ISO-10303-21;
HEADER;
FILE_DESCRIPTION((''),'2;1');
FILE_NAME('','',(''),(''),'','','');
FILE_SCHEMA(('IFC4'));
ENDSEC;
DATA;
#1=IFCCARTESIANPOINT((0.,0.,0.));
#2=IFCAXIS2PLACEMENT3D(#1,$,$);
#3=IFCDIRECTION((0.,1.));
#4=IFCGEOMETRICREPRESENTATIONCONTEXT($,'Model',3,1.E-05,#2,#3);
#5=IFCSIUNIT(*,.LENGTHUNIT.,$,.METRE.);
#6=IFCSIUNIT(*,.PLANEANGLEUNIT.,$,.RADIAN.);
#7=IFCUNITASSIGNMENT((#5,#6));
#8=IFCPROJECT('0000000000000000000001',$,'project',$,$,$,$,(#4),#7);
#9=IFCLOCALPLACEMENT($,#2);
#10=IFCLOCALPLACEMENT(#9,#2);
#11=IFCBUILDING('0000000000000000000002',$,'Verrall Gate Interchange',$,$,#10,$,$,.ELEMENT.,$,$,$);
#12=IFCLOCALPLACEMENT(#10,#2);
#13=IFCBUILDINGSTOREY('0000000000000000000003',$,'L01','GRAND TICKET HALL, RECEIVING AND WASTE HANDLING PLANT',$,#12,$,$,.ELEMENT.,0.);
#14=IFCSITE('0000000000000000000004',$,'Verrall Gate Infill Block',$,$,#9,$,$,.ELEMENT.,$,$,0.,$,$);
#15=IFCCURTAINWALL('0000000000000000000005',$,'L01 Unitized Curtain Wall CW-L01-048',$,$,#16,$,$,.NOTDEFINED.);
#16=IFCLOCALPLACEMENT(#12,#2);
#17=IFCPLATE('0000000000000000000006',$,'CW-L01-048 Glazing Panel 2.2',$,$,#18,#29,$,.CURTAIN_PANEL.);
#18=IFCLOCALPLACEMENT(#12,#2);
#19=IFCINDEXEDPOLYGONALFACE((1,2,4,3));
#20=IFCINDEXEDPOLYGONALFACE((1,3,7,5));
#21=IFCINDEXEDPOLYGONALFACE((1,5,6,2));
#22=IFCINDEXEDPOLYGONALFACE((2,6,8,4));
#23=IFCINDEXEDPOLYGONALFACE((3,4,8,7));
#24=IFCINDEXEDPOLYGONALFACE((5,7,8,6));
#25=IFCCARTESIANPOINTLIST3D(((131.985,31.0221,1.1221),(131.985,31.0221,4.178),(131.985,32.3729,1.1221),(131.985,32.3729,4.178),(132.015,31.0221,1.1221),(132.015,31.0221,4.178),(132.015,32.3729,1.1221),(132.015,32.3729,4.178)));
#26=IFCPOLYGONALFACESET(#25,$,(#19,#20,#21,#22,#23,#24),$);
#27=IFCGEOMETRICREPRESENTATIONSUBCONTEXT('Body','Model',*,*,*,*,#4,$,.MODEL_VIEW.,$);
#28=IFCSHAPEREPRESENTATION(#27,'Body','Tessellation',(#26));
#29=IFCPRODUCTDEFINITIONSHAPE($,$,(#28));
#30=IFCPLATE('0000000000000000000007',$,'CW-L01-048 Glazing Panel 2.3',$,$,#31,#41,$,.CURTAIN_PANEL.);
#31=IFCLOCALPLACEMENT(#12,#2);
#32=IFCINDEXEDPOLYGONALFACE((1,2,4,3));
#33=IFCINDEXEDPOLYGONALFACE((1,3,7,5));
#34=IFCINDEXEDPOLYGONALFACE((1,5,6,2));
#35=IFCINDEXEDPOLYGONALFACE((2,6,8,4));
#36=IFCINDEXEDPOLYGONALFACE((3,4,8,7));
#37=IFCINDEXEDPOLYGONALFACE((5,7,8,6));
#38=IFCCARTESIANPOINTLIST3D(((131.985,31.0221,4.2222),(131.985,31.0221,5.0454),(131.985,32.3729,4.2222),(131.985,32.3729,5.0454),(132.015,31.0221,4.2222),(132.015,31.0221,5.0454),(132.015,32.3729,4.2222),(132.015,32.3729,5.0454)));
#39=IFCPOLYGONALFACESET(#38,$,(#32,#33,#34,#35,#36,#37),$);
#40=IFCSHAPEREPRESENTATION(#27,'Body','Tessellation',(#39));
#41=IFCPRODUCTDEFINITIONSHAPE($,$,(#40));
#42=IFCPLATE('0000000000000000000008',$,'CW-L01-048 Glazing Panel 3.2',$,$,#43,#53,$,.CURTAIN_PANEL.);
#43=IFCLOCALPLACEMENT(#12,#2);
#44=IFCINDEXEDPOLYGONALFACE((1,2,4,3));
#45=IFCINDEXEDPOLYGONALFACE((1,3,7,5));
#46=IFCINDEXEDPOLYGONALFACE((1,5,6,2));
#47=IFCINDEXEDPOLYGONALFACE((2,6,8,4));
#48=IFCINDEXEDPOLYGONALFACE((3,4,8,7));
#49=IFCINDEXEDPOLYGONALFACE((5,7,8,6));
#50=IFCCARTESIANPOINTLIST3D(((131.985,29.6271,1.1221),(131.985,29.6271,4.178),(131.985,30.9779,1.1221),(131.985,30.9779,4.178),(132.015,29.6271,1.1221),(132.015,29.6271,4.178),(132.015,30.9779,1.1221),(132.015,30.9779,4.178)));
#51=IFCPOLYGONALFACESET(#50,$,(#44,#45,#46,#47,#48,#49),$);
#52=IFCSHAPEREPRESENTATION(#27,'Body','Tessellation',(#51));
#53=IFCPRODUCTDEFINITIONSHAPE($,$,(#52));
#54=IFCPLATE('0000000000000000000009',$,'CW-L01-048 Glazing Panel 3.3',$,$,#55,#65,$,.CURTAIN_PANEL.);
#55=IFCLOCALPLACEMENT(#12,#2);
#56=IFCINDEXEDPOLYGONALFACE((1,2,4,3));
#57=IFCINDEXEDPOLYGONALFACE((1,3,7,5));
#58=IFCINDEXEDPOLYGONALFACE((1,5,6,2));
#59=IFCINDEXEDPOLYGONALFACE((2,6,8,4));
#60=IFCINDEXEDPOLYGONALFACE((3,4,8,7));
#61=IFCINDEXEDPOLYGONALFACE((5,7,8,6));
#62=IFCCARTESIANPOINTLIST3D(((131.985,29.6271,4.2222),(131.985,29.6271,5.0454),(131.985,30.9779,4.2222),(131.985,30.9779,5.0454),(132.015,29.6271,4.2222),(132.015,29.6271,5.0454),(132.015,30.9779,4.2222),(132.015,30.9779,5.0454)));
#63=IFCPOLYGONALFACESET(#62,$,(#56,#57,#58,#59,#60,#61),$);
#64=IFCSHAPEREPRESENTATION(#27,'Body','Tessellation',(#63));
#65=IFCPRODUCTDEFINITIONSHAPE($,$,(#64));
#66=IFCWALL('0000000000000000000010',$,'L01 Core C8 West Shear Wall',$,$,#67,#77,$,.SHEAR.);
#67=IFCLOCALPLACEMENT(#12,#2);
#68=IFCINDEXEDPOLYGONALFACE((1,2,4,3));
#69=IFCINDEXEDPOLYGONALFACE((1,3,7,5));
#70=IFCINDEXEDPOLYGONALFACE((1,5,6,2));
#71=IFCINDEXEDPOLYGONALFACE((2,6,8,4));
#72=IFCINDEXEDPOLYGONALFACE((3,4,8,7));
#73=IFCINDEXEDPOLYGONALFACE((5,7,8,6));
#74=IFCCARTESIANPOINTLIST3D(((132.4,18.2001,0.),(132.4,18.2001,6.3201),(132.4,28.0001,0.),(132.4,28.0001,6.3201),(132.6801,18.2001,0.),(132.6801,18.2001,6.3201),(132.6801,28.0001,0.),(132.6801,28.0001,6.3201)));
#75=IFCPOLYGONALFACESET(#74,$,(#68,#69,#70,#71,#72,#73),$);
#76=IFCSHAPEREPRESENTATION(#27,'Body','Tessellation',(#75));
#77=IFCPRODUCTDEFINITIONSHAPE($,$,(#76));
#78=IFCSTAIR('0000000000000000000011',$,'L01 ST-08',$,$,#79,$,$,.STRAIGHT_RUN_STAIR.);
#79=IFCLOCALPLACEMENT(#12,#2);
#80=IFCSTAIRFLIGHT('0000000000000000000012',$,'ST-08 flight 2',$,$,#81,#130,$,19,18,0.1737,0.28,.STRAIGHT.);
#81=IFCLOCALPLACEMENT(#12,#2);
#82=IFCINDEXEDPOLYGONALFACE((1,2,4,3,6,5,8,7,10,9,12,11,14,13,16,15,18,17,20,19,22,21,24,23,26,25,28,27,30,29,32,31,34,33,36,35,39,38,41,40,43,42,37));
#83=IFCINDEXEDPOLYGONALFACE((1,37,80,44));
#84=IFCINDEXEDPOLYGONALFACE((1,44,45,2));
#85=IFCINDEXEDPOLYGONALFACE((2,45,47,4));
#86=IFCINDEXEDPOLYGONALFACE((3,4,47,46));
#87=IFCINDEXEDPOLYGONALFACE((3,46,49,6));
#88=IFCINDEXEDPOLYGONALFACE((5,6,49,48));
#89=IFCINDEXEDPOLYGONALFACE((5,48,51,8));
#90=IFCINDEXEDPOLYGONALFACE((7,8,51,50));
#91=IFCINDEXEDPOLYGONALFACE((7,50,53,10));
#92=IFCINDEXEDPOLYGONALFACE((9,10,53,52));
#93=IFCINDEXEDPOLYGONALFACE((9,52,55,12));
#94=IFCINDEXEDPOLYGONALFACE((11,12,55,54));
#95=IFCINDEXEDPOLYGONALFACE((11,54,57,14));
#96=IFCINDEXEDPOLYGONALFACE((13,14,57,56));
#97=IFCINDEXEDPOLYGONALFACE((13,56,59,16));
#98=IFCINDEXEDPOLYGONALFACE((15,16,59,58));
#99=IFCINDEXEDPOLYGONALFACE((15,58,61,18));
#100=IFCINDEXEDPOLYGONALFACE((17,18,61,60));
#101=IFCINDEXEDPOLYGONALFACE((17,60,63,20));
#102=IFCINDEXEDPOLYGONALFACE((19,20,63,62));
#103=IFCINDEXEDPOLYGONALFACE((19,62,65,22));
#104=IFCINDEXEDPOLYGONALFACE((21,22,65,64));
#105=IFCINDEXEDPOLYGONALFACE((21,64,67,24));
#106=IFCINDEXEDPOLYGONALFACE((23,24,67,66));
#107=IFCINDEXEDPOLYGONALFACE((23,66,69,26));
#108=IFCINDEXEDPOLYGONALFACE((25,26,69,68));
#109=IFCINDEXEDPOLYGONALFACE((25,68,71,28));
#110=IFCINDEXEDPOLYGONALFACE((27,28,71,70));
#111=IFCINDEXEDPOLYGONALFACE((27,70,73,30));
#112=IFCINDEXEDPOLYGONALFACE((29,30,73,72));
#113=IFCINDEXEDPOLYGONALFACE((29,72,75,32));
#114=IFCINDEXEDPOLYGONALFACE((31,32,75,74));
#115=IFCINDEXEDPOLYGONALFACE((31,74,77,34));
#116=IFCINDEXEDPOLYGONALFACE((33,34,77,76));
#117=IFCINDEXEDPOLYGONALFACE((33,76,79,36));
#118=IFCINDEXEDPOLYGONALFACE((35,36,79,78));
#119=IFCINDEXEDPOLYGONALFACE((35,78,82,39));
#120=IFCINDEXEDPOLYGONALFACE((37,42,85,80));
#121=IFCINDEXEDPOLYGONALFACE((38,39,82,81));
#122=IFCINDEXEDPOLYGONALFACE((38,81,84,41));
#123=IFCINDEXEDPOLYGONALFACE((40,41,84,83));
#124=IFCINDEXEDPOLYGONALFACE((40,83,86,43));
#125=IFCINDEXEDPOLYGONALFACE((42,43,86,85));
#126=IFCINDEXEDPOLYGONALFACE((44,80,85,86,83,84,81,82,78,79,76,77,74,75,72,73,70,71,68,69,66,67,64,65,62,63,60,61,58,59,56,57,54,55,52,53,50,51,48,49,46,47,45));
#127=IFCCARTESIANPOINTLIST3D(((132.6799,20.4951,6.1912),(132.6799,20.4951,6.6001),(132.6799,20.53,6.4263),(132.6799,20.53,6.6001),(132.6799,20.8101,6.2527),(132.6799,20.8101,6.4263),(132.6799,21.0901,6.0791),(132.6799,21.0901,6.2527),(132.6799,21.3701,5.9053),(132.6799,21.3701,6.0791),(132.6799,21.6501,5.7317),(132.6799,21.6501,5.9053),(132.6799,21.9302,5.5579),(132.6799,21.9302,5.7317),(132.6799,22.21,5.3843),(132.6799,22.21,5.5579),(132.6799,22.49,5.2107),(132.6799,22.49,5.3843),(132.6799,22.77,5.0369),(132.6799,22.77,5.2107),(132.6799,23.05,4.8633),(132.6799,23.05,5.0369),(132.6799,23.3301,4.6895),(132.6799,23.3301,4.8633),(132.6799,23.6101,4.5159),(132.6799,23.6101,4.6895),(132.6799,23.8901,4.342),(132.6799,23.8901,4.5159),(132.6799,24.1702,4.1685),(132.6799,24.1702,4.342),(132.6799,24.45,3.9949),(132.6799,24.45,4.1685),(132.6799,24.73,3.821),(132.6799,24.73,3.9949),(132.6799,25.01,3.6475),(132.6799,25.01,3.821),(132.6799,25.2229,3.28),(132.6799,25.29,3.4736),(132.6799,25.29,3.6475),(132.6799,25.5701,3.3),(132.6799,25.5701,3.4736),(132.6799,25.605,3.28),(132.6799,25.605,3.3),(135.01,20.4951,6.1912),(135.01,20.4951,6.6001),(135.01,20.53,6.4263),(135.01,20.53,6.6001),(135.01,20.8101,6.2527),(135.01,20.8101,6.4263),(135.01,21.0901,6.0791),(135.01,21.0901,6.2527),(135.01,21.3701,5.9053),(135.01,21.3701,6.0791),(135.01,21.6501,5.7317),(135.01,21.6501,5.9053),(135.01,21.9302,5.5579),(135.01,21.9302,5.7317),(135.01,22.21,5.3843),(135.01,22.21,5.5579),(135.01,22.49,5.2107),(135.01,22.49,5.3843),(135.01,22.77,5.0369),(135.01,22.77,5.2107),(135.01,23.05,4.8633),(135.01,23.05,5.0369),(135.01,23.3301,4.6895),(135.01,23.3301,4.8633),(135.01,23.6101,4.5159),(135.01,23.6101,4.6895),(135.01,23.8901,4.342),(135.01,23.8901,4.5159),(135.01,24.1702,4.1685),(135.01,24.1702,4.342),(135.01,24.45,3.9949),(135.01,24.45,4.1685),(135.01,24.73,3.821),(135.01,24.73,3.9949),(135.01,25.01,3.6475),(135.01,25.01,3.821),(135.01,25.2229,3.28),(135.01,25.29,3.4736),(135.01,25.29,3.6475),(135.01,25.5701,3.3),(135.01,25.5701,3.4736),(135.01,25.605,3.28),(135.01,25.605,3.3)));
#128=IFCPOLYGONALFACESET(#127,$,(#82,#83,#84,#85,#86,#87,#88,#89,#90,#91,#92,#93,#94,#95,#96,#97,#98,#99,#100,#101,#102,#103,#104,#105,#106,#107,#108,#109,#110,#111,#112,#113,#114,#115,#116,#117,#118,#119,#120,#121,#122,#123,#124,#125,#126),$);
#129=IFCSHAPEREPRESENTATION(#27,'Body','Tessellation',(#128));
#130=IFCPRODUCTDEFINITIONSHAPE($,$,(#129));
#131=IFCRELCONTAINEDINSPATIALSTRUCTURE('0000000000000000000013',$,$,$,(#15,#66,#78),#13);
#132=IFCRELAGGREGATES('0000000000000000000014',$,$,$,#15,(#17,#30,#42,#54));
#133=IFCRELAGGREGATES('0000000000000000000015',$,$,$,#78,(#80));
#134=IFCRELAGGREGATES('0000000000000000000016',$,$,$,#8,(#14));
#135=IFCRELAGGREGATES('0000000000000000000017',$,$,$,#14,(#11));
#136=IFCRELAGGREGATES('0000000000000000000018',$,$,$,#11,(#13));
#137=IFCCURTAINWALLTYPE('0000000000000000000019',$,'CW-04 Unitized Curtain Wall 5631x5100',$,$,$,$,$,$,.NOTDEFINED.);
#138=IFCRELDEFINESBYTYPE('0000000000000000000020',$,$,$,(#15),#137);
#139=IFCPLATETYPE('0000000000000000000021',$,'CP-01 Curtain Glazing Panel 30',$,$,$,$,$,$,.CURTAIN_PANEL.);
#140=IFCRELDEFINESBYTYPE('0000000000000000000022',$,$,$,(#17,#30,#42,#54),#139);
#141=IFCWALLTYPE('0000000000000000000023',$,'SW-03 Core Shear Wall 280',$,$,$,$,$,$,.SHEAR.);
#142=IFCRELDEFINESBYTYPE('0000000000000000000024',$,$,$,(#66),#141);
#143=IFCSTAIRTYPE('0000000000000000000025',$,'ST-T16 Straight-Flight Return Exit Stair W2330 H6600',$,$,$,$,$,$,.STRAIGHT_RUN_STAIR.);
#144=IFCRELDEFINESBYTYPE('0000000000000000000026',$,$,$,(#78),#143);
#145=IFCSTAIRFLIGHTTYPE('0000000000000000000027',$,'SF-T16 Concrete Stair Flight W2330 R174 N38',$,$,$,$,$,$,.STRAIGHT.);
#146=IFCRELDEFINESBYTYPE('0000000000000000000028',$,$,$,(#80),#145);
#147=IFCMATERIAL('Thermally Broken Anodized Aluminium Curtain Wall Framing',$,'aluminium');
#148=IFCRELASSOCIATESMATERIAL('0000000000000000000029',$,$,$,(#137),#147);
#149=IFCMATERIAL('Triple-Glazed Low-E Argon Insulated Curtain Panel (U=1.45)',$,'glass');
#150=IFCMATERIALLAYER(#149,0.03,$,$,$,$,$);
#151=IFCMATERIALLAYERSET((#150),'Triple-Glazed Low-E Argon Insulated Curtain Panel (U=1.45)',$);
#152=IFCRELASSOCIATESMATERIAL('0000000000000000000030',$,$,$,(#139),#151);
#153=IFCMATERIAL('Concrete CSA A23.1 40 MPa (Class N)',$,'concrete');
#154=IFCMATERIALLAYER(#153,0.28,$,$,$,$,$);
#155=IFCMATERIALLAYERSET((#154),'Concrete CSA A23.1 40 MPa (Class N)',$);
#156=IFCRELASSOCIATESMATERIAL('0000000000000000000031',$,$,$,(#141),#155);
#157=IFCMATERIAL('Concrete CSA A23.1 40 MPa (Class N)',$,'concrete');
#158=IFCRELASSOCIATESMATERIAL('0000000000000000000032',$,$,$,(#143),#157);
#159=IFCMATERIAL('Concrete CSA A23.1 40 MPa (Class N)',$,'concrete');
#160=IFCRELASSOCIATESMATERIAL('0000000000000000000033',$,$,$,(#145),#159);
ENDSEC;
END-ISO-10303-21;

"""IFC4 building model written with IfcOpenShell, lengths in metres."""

from ifc_helpers import new_model, si_unit, direction, frame, frame_2d, origin, origin_2d, place, context, subcontext, project, spatial, polyline, rectangle, outline, extrude, material, layer, layer_set, type_object, element, aggregate, save


model = new_model("IFC4")

# Units and contexts
model_context = context("Model", 3, precision=1e-05, world=origin(), true_north=direction((0.0, 1.0)))
body_context = subcontext(model_context, "Body", "Model", "MODEL_VIEW")
ifc_project = project(units=[si_unit("LENGTHUNIT", "METRE"), si_unit("PLANEANGLEUNIT", "RADIAN")], contexts=[model_context])

# Site, building, storey
site_placement = place(None, origin())
site = spatial("IfcSite", under=ifc_project, at=site_placement, Name="Verrall Gate Infill Block", CompositionType="ELEMENT", RefElevation=0.0)
building_placement = place(site_placement, origin())
building = spatial("IfcBuilding", under=site, at=building_placement, Name="Verrall Gate Interchange", CompositionType="ELEMENT")
storey_placement = place(building_placement, origin())
storey = spatial("IfcBuildingStorey", under=building, at=storey_placement, Name="L01", Description="GRAND TICKET HALL, RECEIVING AND WASTE HANDLING PLANT", CompositionType="ELEMENT", Elevation=0.0)

# Curtain wall, plates
ifc_material_1 = material(Name="Thermally Broken Anodized Aluminium Curtain Wall Framing", Category="aluminium")
curtain_wall_type = type_object("IfcCurtainWallType", Name="CW-04 Unitized Curtain Wall 5631x5100", PredefinedType="NOTDEFINED", material=ifc_material_1)
curtain_wall_placement = place(storey_placement, origin())
curtain_wall = element("IfcCurtainWall", 1, at=curtain_wall_placement, inside=storey, type_object=curtain_wall_type, Name="L01 Unitized Curtain Wall CW-L01-048", PredefinedType="NOTDEFINED")
ifc_material_2 = material(Name="Triple-Glazed Low-E Argon Insulated Curtain Panel (U=1.45)", Category="glass")
ifc_layer_1 = layer(ifc_material_2, 0.03)
ifc_layer_set_1 = layer_set([ifc_layer_1], Name="Triple-Glazed Low-E Argon Insulated Curtain Panel (U=1.45)")
plate_type = type_object("IfcPlateType", Name="CP-01 Curtain Glazing Panel 30", PredefinedType="CURTAIN_PANEL", material=ifc_layer_set_1)
plate_1_placement = place(storey_placement, frame((132.0, 31.6975, 1.1221), z_axis=(0.0, 0.0, 1.0), x_axis=(0.0, -1.0, 0.0)))
plate_1 = element("IfcPlate", 2, at=plate_1_placement, type_object=plate_type, Name="CW-L01-048 Glazing Panel 2.2", PredefinedType="CURTAIN_PANEL", context=body_context, shape_type="SweptSolid", body=[
    extrude(rectangle(XDim=1.3508, YDim=0.03, at=origin_2d()), origin(), (0.0, 0.0, 1.0), 3.0559),
])
plate_2_placement = place(storey_placement, frame((132.0, 31.6975, 4.2222), z_axis=(0.0, 0.0, 1.0), x_axis=(0.0, -1.0, 0.0)))
plate_2 = element("IfcPlate", 3, at=plate_2_placement, type_object=plate_type, Name="CW-L01-048 Glazing Panel 2.3", PredefinedType="CURTAIN_PANEL", context=body_context, shape_type="SweptSolid", body=[
    extrude(rectangle(XDim=1.3508, YDim=0.03, at=origin_2d()), origin(), (0.0, 0.0, 1.0), 0.8232),
])
plate_3_placement = place(storey_placement, frame((132.0, 30.3025, 1.1221), z_axis=(0.0, 0.0, 1.0), x_axis=(0.0, -1.0, 0.0)))
plate_3 = element("IfcPlate", 4, at=plate_3_placement, type_object=plate_type, Name="CW-L01-048 Glazing Panel 3.2", PredefinedType="CURTAIN_PANEL", context=body_context, shape_type="SweptSolid", body=[
    extrude(rectangle(XDim=1.3508, YDim=0.03, at=origin_2d()), origin(), (0.0, 0.0, 1.0), 3.0559),
])
plate_4_placement = place(storey_placement, frame((132.0, 30.3025, 4.2222), z_axis=(0.0, 0.0, 1.0), x_axis=(0.0, -1.0, 0.0)))
plate_4 = element("IfcPlate", 5, at=plate_4_placement, type_object=plate_type, Name="CW-L01-048 Glazing Panel 3.3", PredefinedType="CURTAIN_PANEL", context=body_context, shape_type="SweptSolid", body=[
    extrude(rectangle(XDim=1.3508, YDim=0.03, at=origin_2d()), origin(), (0.0, 0.0, 1.0), 0.8232),
])
aggregate(curtain_wall, [plate_1, plate_2, plate_3, plate_4])

# Wall
ifc_material_3 = material(Name="Concrete CSA A23.1 40 MPa (Class N)", Category="concrete")
ifc_layer_2 = layer(ifc_material_3, 0.28)
ifc_layer_set_2 = layer_set([ifc_layer_2], Name="Concrete CSA A23.1 40 MPa (Class N)")
wall_type = type_object("IfcWallType", Name="SW-03 Core Shear Wall 280", PredefinedType="SHEAR", material=ifc_layer_set_2)
wall_placement = place(storey_placement, frame((132.54, 28.0, 0.0), z_axis=(0.0, 0.0, 1.0), x_axis=(0.0, -1.0, 0.0)))
element("IfcWall", 6, at=wall_placement, inside=storey, type_object=wall_type, Name="L01 Core C8 West Shear Wall", PredefinedType="SHEAR", context=body_context, shape_type="SweptSolid", body=[
    extrude(rectangle(XDim=9.8, YDim=0.28, at=frame_2d((4.8999, 0.0))), origin(), (0.0, 0.0, 1.0), 6.3201),
])

# Stair, stair flight
ifc_material_4 = material(Name="Concrete CSA A23.1 40 MPa (Class N)", Category="concrete")
stair_type = type_object("IfcStairType", Name="ST-T16 Straight-Flight Return Exit Stair W2330 H6600", PredefinedType="STRAIGHT_RUN_STAIR", material=ifc_material_4)
stair_placement = place(storey_placement, origin())
stair = element("IfcStair", 7, at=stair_placement, inside=storey, type_object=stair_type, Name="L01 ST-08", PredefinedType="STRAIGHT_RUN_STAIR")
ifc_material_5 = material(Name="Concrete CSA A23.1 40 MPa (Class N)", Category="concrete")
stair_flight_type = type_object("IfcStairFlightType", Name="SF-T16 Concrete Stair Flight W2330 R174 N38", PredefinedType="STRAIGHT", material=ifc_material_5)
stair_flight_placement = place(storey_placement, frame((133.845, 25.5701, 3.3), z_axis=(0.0, 0.0, 1.0), x_axis=(0.0, -1.0, 0.0)))
stair_flight = element("IfcStairFlight", 8, at=stair_flight_placement, type_object=stair_flight_type, Name="ST-08 flight 2", NumberOfRisers=19, NumberOfTreads=18, PredefinedType="STRAIGHT", RiserHeight=0.1737, TreadLength=0.28, context=body_context, shape_type="SweptSolid", body=[
    extrude(outline(polyline([(-0.0349, -0.02), (-0.0349, 0.0), (0.0, 0.0), (0.0, 0.1736), (0.28, 0.1736), (0.28, 0.3474), (0.5601, 0.3474), (0.5601, 0.521), (0.8401, 0.521), (0.8401, 0.6948), (1.1201, 0.6948), (1.1201, 0.8684), (1.3999, 0.8684), (1.3999, 1.042), (1.6799, 1.042), (1.6799, 1.2158), (1.96, 1.2158), (1.96, 1.3894), (2.24, 1.3894), (2.24, 1.5632), (2.52, 1.5632), (2.52, 1.7368), (2.8, 1.7368), (2.8, 1.9106), (3.0801, 1.9106), (3.0801, 2.0842), (3.3601, 2.0842), (3.3601, 2.2578), (3.6399, 2.2578), (3.6399, 2.4316), (3.9199, 2.4316), (3.9199, 2.6052), (4.2, 2.6052), (4.2, 2.7791), (4.48, 2.7791), (4.48, 2.9526), (4.76, 2.9526), (4.76, 3.1262), (5.04, 3.1262), (5.04, 3.3), (5.075, 3.3), (5.075, 2.8911), (0.3472, -0.02), (-0.0349, -0.02)])), frame((0.0, 1.165, 0.0), z_axis=(0.0, -1.0, 0.0), x_axis=(1.0, 0.0, 0.0)), (0.0, 0.0, 1.0), 2.3301),
])
aggregate(stair, [stair_flight])

save(model, "model.ifc")
